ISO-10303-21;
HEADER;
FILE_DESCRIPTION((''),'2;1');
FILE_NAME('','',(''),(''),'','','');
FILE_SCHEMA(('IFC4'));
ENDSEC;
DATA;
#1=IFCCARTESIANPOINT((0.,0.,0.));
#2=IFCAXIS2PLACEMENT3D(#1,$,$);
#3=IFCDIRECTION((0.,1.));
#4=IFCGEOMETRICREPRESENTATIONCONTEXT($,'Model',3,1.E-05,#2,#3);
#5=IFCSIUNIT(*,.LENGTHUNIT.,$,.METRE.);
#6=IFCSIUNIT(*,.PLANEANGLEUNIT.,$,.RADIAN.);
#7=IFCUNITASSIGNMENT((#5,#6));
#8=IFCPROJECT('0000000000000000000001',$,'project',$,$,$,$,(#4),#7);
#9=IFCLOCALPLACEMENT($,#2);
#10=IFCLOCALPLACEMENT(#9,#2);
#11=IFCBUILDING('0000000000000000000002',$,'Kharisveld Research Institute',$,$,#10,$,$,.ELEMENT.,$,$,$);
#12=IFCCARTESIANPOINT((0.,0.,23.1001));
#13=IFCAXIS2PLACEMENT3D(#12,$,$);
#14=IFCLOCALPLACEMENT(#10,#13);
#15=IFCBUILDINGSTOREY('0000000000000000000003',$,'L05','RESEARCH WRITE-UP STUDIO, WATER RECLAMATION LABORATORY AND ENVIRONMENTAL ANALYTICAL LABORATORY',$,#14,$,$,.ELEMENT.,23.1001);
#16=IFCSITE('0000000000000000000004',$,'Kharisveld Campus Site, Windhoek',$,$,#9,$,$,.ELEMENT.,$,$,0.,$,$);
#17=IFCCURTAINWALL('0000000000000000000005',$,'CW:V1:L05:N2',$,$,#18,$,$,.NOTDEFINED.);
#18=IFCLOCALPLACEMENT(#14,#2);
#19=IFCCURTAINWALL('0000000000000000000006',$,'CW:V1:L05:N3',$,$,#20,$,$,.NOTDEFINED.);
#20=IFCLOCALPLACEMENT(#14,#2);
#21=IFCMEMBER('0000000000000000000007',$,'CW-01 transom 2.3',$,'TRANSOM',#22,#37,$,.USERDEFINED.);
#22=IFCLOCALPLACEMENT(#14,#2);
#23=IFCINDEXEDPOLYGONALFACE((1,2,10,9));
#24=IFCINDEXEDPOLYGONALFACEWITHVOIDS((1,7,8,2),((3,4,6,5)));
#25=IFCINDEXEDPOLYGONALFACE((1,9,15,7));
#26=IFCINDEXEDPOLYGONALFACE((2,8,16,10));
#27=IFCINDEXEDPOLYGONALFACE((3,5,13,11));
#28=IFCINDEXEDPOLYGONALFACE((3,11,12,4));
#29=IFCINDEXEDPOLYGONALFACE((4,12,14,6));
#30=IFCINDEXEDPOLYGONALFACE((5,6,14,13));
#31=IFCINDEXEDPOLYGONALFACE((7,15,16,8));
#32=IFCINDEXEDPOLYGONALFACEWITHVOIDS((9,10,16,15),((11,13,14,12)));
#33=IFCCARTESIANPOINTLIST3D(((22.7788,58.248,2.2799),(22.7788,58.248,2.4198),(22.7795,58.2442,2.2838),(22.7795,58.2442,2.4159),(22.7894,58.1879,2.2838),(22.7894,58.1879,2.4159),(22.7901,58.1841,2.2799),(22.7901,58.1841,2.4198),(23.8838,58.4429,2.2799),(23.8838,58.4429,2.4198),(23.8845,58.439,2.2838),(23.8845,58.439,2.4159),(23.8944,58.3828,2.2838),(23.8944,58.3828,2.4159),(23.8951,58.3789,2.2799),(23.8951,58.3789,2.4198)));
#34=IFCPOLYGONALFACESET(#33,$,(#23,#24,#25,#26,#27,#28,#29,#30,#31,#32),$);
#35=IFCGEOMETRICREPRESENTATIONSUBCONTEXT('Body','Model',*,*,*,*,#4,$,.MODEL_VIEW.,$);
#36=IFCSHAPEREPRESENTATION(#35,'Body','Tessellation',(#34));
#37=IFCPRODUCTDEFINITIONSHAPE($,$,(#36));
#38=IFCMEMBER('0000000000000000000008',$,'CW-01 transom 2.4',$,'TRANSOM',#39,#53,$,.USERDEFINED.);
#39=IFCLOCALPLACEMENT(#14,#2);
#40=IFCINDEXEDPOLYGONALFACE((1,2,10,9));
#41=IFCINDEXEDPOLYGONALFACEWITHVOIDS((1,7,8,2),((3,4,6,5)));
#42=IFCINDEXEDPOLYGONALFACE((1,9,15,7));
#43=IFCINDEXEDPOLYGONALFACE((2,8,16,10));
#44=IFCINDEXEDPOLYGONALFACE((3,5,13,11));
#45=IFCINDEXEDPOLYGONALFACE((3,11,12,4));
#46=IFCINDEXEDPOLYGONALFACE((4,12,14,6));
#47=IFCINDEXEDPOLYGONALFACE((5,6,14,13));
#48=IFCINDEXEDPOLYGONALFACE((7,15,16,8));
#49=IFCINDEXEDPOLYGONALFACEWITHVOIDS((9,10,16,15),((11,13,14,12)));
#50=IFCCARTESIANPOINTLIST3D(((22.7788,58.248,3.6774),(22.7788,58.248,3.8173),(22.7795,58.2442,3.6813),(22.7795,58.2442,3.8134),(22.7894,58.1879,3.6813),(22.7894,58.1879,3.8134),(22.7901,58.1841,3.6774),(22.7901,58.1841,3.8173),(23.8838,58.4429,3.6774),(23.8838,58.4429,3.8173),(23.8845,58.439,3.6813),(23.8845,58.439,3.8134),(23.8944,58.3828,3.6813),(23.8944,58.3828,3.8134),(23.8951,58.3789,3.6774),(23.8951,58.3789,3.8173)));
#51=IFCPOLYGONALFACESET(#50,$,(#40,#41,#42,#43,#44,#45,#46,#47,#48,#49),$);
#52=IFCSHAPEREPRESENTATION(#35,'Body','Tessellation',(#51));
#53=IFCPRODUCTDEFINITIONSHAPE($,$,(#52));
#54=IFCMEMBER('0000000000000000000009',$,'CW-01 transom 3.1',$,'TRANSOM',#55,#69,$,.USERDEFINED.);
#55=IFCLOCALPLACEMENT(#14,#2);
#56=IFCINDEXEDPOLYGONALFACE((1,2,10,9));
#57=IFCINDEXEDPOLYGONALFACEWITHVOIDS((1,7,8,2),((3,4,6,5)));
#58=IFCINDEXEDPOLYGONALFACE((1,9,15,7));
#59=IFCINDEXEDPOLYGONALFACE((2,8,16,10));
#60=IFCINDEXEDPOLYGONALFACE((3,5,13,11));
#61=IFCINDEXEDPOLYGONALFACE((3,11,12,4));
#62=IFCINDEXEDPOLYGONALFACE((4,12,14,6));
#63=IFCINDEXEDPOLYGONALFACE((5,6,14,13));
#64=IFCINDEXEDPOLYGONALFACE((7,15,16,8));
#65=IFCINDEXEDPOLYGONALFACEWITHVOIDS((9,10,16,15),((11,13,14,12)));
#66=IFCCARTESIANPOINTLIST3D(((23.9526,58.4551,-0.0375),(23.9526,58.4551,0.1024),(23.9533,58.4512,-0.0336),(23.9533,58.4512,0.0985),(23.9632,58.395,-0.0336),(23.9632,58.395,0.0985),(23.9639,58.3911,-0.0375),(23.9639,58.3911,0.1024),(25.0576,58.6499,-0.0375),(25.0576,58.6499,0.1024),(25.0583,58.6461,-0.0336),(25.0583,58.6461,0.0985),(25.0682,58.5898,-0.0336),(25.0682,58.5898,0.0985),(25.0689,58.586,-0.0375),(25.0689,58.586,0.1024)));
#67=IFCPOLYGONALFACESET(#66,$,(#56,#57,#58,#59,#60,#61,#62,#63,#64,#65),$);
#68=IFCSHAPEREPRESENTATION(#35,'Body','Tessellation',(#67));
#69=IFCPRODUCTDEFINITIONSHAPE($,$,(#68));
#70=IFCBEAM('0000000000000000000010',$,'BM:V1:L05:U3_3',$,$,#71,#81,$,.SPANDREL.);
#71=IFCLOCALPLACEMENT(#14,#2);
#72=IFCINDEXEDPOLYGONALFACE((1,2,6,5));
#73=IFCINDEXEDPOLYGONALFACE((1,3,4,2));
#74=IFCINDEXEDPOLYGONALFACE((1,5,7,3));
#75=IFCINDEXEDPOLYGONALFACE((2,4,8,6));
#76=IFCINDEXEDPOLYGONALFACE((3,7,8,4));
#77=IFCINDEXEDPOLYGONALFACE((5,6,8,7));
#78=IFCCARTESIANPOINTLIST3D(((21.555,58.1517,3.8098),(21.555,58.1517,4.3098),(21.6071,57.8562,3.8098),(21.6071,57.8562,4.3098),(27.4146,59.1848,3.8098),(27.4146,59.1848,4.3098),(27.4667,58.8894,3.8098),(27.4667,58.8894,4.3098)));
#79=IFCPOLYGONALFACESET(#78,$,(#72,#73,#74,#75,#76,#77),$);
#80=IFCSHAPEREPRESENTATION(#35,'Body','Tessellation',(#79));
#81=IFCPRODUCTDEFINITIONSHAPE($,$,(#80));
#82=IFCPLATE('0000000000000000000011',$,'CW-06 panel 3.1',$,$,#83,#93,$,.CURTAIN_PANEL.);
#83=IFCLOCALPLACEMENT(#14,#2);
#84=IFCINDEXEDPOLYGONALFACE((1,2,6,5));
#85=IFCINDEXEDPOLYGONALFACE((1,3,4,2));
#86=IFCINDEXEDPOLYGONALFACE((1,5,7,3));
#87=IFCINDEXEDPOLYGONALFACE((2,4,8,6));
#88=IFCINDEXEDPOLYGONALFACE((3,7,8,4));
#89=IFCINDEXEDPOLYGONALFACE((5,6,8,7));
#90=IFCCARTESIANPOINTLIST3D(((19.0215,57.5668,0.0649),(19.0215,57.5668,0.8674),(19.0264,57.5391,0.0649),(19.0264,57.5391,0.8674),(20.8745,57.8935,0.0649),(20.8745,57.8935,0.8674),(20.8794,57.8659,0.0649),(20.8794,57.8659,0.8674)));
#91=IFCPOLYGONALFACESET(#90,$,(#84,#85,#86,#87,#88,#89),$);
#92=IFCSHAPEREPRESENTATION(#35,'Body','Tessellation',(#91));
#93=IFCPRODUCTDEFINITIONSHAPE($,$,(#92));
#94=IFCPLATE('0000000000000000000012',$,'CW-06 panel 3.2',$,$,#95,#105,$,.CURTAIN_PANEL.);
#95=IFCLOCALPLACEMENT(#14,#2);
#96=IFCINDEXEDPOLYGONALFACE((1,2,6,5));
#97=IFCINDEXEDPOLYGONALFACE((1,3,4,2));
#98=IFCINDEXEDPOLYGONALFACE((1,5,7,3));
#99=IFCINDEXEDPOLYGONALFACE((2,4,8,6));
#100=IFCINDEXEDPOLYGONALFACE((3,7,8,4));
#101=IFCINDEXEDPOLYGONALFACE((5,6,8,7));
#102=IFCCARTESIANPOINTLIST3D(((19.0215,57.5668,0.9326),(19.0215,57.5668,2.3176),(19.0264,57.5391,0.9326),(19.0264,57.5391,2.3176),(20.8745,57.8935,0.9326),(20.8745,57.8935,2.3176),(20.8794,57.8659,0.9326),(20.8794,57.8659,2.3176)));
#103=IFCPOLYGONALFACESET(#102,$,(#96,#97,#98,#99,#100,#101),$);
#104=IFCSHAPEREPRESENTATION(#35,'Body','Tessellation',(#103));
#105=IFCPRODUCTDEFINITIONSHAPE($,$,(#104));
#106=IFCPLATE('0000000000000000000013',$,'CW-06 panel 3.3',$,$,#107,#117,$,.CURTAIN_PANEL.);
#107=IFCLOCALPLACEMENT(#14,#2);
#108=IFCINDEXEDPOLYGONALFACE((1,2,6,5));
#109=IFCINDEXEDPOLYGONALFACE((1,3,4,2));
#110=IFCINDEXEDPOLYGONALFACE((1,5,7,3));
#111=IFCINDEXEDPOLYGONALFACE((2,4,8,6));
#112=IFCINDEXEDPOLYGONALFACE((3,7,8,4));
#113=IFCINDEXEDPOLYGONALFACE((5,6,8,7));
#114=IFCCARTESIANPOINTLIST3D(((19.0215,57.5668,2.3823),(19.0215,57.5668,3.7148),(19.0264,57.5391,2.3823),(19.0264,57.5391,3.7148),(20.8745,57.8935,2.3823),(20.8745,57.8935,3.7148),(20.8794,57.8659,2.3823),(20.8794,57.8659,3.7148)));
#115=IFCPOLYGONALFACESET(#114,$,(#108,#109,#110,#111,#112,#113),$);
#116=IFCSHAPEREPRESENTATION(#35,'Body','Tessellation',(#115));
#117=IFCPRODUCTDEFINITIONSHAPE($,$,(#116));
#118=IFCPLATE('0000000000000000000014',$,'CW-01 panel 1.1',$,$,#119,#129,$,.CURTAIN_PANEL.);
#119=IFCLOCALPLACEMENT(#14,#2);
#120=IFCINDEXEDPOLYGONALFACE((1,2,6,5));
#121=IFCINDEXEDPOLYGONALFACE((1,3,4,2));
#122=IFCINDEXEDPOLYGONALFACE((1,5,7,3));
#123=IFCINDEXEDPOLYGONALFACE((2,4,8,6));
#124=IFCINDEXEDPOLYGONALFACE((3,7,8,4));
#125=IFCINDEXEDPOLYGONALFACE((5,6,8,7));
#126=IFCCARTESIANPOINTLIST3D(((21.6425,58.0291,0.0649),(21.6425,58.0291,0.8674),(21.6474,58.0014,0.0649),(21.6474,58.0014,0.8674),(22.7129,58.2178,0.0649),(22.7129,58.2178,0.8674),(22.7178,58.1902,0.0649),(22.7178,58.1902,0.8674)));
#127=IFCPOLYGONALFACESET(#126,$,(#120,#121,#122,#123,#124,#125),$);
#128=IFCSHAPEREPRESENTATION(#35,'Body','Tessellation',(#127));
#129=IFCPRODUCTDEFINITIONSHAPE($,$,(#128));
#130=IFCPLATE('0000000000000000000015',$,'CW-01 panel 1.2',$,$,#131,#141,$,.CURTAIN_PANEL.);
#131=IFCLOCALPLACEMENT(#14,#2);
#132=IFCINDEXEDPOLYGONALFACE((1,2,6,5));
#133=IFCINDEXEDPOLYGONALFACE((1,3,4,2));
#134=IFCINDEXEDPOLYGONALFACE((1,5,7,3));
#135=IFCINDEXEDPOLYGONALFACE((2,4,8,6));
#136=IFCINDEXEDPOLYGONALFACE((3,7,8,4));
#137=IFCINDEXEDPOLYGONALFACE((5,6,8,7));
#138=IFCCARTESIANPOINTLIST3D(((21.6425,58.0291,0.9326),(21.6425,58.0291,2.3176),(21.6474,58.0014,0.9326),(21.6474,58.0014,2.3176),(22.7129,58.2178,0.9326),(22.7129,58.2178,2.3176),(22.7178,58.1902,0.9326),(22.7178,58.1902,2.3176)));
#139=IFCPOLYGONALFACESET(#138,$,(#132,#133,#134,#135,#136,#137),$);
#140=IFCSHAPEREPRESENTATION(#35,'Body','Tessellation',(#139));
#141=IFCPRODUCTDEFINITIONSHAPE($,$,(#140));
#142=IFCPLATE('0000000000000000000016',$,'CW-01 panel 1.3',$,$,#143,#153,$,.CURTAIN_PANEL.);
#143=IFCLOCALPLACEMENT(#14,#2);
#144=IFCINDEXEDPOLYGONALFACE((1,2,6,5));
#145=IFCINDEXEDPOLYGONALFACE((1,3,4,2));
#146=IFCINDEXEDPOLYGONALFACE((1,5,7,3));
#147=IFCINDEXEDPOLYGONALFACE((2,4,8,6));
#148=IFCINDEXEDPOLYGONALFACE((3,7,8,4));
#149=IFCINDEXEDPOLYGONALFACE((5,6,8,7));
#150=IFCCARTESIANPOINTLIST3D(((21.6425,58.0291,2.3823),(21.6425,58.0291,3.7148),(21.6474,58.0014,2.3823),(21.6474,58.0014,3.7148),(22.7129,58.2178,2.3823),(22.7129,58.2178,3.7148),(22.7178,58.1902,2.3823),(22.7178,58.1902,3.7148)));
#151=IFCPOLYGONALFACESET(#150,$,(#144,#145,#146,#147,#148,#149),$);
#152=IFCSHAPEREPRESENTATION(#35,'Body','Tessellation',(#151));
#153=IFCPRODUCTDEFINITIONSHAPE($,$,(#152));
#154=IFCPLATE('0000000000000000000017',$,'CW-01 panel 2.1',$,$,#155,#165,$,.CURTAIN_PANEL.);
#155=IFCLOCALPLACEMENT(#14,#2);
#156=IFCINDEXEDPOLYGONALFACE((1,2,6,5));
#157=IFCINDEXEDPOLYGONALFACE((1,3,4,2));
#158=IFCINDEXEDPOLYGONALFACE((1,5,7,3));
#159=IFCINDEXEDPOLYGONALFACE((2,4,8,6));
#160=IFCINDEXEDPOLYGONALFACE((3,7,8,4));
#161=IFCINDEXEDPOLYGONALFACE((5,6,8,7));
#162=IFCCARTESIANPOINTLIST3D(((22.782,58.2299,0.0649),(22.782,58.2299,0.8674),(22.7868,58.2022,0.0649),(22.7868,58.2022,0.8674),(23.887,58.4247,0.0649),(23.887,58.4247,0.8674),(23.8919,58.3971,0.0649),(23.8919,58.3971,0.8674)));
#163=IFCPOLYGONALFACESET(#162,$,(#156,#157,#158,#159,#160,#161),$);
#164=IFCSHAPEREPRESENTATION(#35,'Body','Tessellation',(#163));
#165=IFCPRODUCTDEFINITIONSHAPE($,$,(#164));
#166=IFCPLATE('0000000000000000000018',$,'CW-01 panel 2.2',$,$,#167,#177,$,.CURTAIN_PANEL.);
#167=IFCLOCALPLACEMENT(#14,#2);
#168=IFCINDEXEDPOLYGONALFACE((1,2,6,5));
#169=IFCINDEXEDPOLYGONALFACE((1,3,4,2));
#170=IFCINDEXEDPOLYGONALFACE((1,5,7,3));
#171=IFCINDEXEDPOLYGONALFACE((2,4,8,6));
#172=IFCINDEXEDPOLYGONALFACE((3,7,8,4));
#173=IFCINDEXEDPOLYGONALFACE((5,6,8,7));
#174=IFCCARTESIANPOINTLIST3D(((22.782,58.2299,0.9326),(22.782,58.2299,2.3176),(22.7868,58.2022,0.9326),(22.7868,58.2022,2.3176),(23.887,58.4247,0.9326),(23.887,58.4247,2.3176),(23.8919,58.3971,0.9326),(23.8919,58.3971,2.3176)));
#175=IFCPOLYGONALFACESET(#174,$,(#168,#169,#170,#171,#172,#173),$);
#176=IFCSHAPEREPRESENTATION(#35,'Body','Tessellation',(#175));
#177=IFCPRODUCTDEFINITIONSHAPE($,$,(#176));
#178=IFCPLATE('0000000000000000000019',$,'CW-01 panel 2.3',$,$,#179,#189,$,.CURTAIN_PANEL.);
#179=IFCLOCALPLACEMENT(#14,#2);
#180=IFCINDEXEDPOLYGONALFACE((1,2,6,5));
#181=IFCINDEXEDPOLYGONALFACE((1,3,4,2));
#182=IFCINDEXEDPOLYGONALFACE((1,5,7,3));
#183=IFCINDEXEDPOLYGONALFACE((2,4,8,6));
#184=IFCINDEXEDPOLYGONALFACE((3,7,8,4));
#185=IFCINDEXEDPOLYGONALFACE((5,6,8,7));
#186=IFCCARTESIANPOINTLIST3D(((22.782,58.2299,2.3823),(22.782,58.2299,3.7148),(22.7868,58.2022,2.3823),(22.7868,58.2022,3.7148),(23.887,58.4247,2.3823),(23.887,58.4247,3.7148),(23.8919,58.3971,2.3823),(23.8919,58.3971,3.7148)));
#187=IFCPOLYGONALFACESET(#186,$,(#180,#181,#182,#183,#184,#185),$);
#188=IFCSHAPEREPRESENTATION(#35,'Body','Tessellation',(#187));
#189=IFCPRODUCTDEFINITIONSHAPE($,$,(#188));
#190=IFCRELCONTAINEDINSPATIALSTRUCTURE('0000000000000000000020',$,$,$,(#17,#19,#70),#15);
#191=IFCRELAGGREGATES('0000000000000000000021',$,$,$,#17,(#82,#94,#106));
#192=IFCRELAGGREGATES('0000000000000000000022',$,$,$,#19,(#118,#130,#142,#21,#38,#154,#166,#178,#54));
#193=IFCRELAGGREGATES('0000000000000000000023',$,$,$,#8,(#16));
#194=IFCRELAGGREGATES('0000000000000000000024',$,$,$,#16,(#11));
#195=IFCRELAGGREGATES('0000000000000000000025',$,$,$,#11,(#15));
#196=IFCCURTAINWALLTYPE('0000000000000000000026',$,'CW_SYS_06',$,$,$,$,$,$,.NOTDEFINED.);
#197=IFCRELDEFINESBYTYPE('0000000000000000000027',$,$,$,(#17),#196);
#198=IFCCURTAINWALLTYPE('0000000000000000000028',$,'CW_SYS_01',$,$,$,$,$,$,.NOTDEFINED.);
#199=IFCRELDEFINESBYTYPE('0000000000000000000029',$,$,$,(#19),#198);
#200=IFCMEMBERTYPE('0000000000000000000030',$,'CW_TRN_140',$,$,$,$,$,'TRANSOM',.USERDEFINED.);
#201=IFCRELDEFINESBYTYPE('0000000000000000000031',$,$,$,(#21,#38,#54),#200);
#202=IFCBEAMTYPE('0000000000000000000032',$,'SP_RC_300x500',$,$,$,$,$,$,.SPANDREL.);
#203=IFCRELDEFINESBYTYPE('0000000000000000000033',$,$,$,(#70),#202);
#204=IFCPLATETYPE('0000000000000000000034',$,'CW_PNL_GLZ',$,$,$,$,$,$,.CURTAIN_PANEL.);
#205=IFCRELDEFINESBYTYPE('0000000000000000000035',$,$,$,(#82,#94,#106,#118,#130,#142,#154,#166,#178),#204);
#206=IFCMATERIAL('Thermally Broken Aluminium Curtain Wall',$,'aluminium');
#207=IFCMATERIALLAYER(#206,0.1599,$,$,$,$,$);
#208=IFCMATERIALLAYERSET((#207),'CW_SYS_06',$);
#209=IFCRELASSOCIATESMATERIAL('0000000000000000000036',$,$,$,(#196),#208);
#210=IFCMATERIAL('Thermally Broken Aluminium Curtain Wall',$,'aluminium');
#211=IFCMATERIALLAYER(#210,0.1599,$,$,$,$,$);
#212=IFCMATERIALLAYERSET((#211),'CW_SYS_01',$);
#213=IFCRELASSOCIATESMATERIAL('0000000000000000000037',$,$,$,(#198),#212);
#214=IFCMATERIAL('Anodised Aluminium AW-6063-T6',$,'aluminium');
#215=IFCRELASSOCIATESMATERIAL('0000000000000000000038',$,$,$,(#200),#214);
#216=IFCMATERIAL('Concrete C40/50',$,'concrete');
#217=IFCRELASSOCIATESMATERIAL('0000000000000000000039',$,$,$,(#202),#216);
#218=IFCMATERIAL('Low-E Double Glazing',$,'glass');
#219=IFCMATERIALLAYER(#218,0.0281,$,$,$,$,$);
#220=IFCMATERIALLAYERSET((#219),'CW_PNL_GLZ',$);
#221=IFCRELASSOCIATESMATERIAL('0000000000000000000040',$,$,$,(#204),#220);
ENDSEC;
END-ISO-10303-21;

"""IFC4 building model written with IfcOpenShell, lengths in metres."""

from ifc_helpers import new_model, si_unit, direction, frame, origin, origin_2d, place, context, subcontext, project, spatial, rectangle, hollow_rectangle, extrude, material, layer, layer_set, material_profile, profile_set, type_object, element, aggregate, save


model = new_model("IFC4")

# Units and contexts
model_context = context("Model", 3, precision=1e-05, world=origin(), true_north=direction((0.0, 1.0)))
body_context = subcontext(model_context, "Body", "Model", "MODEL_VIEW")
ifc_project = project(units=[si_unit("LENGTHUNIT", "METRE"), si_unit("PLANEANGLEUNIT", "RADIAN")], contexts=[model_context])

# Site, building, storey
site_placement = place(None, origin())
site = spatial("IfcSite", under=ifc_project, at=site_placement, Name="Kharisveld Campus Site, Windhoek", CompositionType="ELEMENT", RefElevation=0.0)
building_placement = place(site_placement, origin())
building = spatial("IfcBuilding", under=site, at=building_placement, Name="Kharisveld Research Institute", CompositionType="ELEMENT")
storey_placement = place(building_placement, frame((0.0, 0.0, 23.1001)))
storey = spatial("IfcBuildingStorey", under=building, at=storey_placement, Name="L05", Description="RESEARCH WRITE-UP STUDIO, WATER RECLAMATION LABORATORY AND ENVIRONMENTAL ANALYTICAL LABORATORY", CompositionType="ELEMENT", Elevation=23.1001)

# Curtain wall
ifc_material_1 = material(Name="Thermally Broken Aluminium Curtain Wall", Category="aluminium")
ifc_layer_1 = layer(ifc_material_1, 0.1599)
ifc_layer_set_1 = layer_set([ifc_layer_1], Name="CW_SYS_06")
curtain_wall_type_1 = type_object("IfcCurtainWallType", Name="CW_SYS_06", PredefinedType="NOTDEFINED", material=ifc_layer_set_1)
curtain_wall_1_placement = place(storey_placement, origin())
curtain_wall_1 = element("IfcCurtainWall", 1, at=curtain_wall_1_placement, inside=storey, type_object=curtain_wall_type_1, Name="CW:V1:L05:N2", PredefinedType="NOTDEFINED")

# Curtain wall, members
ifc_material_2 = material(Name="Thermally Broken Aluminium Curtain Wall", Category="aluminium")
ifc_layer_2 = layer(ifc_material_2, 0.1599)
ifc_layer_set_2 = layer_set([ifc_layer_2], Name="CW_SYS_01")
curtain_wall_type_2 = type_object("IfcCurtainWallType", Name="CW_SYS_01", PredefinedType="NOTDEFINED", material=ifc_layer_set_2)
curtain_wall_2_placement = place(storey_placement, origin())
curtain_wall_2 = element("IfcCurtainWall", 2, at=curtain_wall_2_placement, inside=storey, type_object=curtain_wall_type_2, Name="CW:V1:L05:N3", PredefinedType="NOTDEFINED")
ifc_material_3 = material(Name="Anodised Aluminium AW-6063-T6", Category="aluminium")
ifc_material_profile_1 = material_profile(ifc_material_3, hollow_rectangle(XDim=0.0649, YDim=0.1399, WallThickness=0.0039, at=origin_2d()))
ifc_profile_set_1 = profile_set([ifc_material_profile_1], Name="Anodised Aluminium AW-6063-T6")
member_type_1 = type_object("IfcMemberType", Name="CW_TRN_140", ElementType="TRANSOM", PredefinedType="USERDEFINED", material=ifc_profile_set_1)
member_1_placement = place(storey_placement, frame((22.7844, 58.2161, 2.3499), z_axis=(0.98481, 0.173636, 0.0), x_axis=(-0.173636, 0.98481, 0.0)))
member_1 = element("IfcMember", 3, at=member_1_placement, type_object=member_type_1, Name="CW-01 transom 2.3", ObjectType="TRANSOM", PredefinedType="USERDEFINED", context=body_context, shape_type="SweptSolid", body=[
    extrude(hollow_rectangle(XDim=0.0649, YDim=0.1399, WallThickness=0.0039, at=origin_2d()), origin(), (0.0, 0.0, 1.0), 1.1221),
])
member_2_placement = place(storey_placement, frame((22.7844, 58.2161, 3.7473), z_axis=(0.98481, 0.173636, 0.0), x_axis=(-0.173636, 0.98481, 0.0)))
member_2 = element("IfcMember", 4, at=member_2_placement, type_object=member_type_1, Name="CW-01 transom 2.4", ObjectType="TRANSOM", PredefinedType="USERDEFINED", context=body_context, shape_type="SweptSolid", body=[
    extrude(hollow_rectangle(XDim=0.0649, YDim=0.1399, WallThickness=0.0039, at=origin_2d()), origin(), (0.0, 0.0, 1.0), 1.1221),
])
member_3_placement = place(storey_placement, frame((23.9583, 58.4231, 0.0325), z_axis=(0.98481, 0.173636, 0.0), x_axis=(-0.173636, 0.98481, 0.0)))
member_3 = element("IfcMember", 5, at=member_3_placement, type_object=member_type_1, Name="CW-01 transom 3.1", ObjectType="TRANSOM", PredefinedType="USERDEFINED", context=body_context, shape_type="SweptSolid", body=[
    extrude(hollow_rectangle(XDim=0.0649, YDim=0.1399, WallThickness=0.0039, at=origin_2d()), origin(), (0.0, 0.0, 1.0), 1.1221),
])

# Beam
ifc_material_4 = material(Name="Concrete C40/50", Category="concrete")
ifc_material_profile_2 = material_profile(ifc_material_4, rectangle(XDim=0.3, YDim=0.5, at=origin_2d()))
ifc_profile_set_2 = profile_set([ifc_material_profile_2], Name="Concrete C40/50")
beam_type = type_object("IfcBeamType", Name="SP_RC_300x500", PredefinedType="SPANDREL", material=ifc_profile_set_2)
beam_placement = place(storey_placement, frame((21.5811, 58.0039, 4.0598), z_axis=(0.984808, 0.173647, 0.0), x_axis=(-0.173647, 0.984808, 0.0)))
element("IfcBeam", 6, at=beam_placement, inside=storey, type_object=beam_type, Name="BM:V1:L05:U3_3", PredefinedType="SPANDREL", context=body_context, shape_type="SweptSolid", body=[
    extrude(rectangle(XDim=0.3, YDim=0.5, at=origin_2d()), origin(), (0.0, 0.0, 1.0), 5.95),
])

# Plates
ifc_material_5 = material(Name="Low-E Double Glazing", Category="glass")
ifc_layer_3 = layer(ifc_material_5, 0.0281)
ifc_layer_set_3 = layer_set([ifc_layer_3], Name="CW_PNL_GLZ")
plate_type = type_object("IfcPlateType", Name="CW_PNL_GLZ", PredefinedType="CURTAIN_PANEL", material=ifc_layer_set_3)
plate_1_placement = place(storey_placement, frame((19.9504, 57.7163, 0.0649), z_axis=(0.0, 0.0, 1.0), x_axis=(0.984808, 0.173648, 0.0)))
plate_1 = element("IfcPlate", 7, at=plate_1_placement, type_object=plate_type, Name="CW-06 panel 3.1", PredefinedType="CURTAIN_PANEL", context=body_context, shape_type="SweptSolid", body=[
    extrude(rectangle(XDim=1.8816, YDim=0.0281, at=origin_2d()), origin(), (0.0, 0.0, 1.0), 0.8025),
])
plate_2_placement = place(storey_placement, frame((19.9504, 57.7163, 0.9326), z_axis=(0.0, 0.0, 1.0), x_axis=(0.984808, 0.173648, 0.0)))
plate_2 = element("IfcPlate", 8, at=plate_2_placement, type_object=plate_type, Name="CW-06 panel 3.2", PredefinedType="CURTAIN_PANEL", context=body_context, shape_type="SweptSolid", body=[
    extrude(rectangle(XDim=1.8816, YDim=0.0281, at=origin_2d()), origin(), (0.0, 0.0, 1.0), 1.385),
])
plate_3_placement = place(storey_placement, frame((19.9504, 57.7163, 2.3823), z_axis=(0.0, 0.0, 1.0), x_axis=(0.984808, 0.173648, 0.0)))
plate_3 = element("IfcPlate", 9, at=plate_3_placement, type_object=plate_type, Name="CW-06 panel 3.3", PredefinedType="CURTAIN_PANEL", context=body_context, shape_type="SweptSolid", body=[
    extrude(rectangle(XDim=1.8816, YDim=0.0281, at=origin_2d()), origin(), (0.0, 0.0, 1.0), 1.3325),
])
aggregate(curtain_wall_1, [plate_1, plate_2, plate_3])
plate_4_placement = place(storey_placement, frame((22.1802, 58.1096, 0.0649), z_axis=(0.0, 0.0, 1.0), x_axis=(0.984808, 0.173648, 0.0)))
plate_4 = element("IfcPlate", 10, at=plate_4_placement, type_object=plate_type, Name="CW-01 panel 1.1", PredefinedType="CURTAIN_PANEL", context=body_context, shape_type="SweptSolid", body=[
    extrude(rectangle(XDim=1.0869, YDim=0.0281, at=origin_2d()), origin(), (0.0, 0.0, 1.0), 0.8025),
])
plate_5_placement = place(storey_placement, frame((22.1802, 58.1096, 0.9326), z_axis=(0.0, 0.0, 1.0), x_axis=(0.984808, 0.173648, 0.0)))
plate_5 = element("IfcPlate", 11, at=plate_5_placement, type_object=plate_type, Name="CW-01 panel 1.2", PredefinedType="CURTAIN_PANEL", context=body_context, shape_type="SweptSolid", body=[
    extrude(rectangle(XDim=1.0869, YDim=0.0281, at=origin_2d()), origin(), (0.0, 0.0, 1.0), 1.385),
])
plate_6_placement = place(storey_placement, frame((22.1802, 58.1096, 2.3823), z_axis=(0.0, 0.0, 1.0), x_axis=(0.984808, 0.173648, 0.0)))
plate_6 = element("IfcPlate", 12, at=plate_6_placement, type_object=plate_type, Name="CW-01 panel 1.3", PredefinedType="CURTAIN_PANEL", context=body_context, shape_type="SweptSolid", body=[
    extrude(rectangle(XDim=1.0869, YDim=0.0281, at=origin_2d()), origin(), (0.0, 0.0, 1.0), 1.3325),
])
plate_7_placement = place(storey_placement, frame((23.3369, 58.3135, 0.0649), z_axis=(0.0, 0.0, 1.0), x_axis=(0.984808, 0.173648, 0.0)))
plate_7 = element("IfcPlate", 13, at=plate_7_placement, type_object=plate_type, Name="CW-01 panel 2.1", PredefinedType="CURTAIN_PANEL", context=body_context, shape_type="SweptSolid", body=[
    extrude(rectangle(XDim=1.1221, YDim=0.0281, at=origin_2d()), origin(), (0.0, 0.0, 1.0), 0.8025),
])
plate_8_placement = place(storey_placement, frame((23.3369, 58.3135, 0.9326), z_axis=(0.0, 0.0, 1.0), x_axis=(0.984808, 0.173648, 0.0)))
plate_8 = element("IfcPlate", 14, at=plate_8_placement, type_object=plate_type, Name="CW-01 panel 2.2", PredefinedType="CURTAIN_PANEL", context=body_context, shape_type="SweptSolid", body=[
    extrude(rectangle(XDim=1.1221, YDim=0.0281, at=origin_2d()), origin(), (0.0, 0.0, 1.0), 1.385),
])
plate_9_placement = place(storey_placement, frame((23.3369, 58.3135, 2.3823), z_axis=(0.0, 0.0, 1.0), x_axis=(0.984808, 0.173648, 0.0)))
plate_9 = element("IfcPlate", 15, at=plate_9_placement, type_object=plate_type, Name="CW-01 panel 2.3", PredefinedType="CURTAIN_PANEL", context=body_context, shape_type="SweptSolid", body=[
    extrude(rectangle(XDim=1.1221, YDim=0.0281, at=origin_2d()), origin(), (0.0, 0.0, 1.0), 1.3325),
])
aggregate(curtain_wall_2, [plate_4, plate_5, plate_6, member_1, member_2, plate_7, plate_8, plate_9, member_3])

save(model, "model.ifc")
